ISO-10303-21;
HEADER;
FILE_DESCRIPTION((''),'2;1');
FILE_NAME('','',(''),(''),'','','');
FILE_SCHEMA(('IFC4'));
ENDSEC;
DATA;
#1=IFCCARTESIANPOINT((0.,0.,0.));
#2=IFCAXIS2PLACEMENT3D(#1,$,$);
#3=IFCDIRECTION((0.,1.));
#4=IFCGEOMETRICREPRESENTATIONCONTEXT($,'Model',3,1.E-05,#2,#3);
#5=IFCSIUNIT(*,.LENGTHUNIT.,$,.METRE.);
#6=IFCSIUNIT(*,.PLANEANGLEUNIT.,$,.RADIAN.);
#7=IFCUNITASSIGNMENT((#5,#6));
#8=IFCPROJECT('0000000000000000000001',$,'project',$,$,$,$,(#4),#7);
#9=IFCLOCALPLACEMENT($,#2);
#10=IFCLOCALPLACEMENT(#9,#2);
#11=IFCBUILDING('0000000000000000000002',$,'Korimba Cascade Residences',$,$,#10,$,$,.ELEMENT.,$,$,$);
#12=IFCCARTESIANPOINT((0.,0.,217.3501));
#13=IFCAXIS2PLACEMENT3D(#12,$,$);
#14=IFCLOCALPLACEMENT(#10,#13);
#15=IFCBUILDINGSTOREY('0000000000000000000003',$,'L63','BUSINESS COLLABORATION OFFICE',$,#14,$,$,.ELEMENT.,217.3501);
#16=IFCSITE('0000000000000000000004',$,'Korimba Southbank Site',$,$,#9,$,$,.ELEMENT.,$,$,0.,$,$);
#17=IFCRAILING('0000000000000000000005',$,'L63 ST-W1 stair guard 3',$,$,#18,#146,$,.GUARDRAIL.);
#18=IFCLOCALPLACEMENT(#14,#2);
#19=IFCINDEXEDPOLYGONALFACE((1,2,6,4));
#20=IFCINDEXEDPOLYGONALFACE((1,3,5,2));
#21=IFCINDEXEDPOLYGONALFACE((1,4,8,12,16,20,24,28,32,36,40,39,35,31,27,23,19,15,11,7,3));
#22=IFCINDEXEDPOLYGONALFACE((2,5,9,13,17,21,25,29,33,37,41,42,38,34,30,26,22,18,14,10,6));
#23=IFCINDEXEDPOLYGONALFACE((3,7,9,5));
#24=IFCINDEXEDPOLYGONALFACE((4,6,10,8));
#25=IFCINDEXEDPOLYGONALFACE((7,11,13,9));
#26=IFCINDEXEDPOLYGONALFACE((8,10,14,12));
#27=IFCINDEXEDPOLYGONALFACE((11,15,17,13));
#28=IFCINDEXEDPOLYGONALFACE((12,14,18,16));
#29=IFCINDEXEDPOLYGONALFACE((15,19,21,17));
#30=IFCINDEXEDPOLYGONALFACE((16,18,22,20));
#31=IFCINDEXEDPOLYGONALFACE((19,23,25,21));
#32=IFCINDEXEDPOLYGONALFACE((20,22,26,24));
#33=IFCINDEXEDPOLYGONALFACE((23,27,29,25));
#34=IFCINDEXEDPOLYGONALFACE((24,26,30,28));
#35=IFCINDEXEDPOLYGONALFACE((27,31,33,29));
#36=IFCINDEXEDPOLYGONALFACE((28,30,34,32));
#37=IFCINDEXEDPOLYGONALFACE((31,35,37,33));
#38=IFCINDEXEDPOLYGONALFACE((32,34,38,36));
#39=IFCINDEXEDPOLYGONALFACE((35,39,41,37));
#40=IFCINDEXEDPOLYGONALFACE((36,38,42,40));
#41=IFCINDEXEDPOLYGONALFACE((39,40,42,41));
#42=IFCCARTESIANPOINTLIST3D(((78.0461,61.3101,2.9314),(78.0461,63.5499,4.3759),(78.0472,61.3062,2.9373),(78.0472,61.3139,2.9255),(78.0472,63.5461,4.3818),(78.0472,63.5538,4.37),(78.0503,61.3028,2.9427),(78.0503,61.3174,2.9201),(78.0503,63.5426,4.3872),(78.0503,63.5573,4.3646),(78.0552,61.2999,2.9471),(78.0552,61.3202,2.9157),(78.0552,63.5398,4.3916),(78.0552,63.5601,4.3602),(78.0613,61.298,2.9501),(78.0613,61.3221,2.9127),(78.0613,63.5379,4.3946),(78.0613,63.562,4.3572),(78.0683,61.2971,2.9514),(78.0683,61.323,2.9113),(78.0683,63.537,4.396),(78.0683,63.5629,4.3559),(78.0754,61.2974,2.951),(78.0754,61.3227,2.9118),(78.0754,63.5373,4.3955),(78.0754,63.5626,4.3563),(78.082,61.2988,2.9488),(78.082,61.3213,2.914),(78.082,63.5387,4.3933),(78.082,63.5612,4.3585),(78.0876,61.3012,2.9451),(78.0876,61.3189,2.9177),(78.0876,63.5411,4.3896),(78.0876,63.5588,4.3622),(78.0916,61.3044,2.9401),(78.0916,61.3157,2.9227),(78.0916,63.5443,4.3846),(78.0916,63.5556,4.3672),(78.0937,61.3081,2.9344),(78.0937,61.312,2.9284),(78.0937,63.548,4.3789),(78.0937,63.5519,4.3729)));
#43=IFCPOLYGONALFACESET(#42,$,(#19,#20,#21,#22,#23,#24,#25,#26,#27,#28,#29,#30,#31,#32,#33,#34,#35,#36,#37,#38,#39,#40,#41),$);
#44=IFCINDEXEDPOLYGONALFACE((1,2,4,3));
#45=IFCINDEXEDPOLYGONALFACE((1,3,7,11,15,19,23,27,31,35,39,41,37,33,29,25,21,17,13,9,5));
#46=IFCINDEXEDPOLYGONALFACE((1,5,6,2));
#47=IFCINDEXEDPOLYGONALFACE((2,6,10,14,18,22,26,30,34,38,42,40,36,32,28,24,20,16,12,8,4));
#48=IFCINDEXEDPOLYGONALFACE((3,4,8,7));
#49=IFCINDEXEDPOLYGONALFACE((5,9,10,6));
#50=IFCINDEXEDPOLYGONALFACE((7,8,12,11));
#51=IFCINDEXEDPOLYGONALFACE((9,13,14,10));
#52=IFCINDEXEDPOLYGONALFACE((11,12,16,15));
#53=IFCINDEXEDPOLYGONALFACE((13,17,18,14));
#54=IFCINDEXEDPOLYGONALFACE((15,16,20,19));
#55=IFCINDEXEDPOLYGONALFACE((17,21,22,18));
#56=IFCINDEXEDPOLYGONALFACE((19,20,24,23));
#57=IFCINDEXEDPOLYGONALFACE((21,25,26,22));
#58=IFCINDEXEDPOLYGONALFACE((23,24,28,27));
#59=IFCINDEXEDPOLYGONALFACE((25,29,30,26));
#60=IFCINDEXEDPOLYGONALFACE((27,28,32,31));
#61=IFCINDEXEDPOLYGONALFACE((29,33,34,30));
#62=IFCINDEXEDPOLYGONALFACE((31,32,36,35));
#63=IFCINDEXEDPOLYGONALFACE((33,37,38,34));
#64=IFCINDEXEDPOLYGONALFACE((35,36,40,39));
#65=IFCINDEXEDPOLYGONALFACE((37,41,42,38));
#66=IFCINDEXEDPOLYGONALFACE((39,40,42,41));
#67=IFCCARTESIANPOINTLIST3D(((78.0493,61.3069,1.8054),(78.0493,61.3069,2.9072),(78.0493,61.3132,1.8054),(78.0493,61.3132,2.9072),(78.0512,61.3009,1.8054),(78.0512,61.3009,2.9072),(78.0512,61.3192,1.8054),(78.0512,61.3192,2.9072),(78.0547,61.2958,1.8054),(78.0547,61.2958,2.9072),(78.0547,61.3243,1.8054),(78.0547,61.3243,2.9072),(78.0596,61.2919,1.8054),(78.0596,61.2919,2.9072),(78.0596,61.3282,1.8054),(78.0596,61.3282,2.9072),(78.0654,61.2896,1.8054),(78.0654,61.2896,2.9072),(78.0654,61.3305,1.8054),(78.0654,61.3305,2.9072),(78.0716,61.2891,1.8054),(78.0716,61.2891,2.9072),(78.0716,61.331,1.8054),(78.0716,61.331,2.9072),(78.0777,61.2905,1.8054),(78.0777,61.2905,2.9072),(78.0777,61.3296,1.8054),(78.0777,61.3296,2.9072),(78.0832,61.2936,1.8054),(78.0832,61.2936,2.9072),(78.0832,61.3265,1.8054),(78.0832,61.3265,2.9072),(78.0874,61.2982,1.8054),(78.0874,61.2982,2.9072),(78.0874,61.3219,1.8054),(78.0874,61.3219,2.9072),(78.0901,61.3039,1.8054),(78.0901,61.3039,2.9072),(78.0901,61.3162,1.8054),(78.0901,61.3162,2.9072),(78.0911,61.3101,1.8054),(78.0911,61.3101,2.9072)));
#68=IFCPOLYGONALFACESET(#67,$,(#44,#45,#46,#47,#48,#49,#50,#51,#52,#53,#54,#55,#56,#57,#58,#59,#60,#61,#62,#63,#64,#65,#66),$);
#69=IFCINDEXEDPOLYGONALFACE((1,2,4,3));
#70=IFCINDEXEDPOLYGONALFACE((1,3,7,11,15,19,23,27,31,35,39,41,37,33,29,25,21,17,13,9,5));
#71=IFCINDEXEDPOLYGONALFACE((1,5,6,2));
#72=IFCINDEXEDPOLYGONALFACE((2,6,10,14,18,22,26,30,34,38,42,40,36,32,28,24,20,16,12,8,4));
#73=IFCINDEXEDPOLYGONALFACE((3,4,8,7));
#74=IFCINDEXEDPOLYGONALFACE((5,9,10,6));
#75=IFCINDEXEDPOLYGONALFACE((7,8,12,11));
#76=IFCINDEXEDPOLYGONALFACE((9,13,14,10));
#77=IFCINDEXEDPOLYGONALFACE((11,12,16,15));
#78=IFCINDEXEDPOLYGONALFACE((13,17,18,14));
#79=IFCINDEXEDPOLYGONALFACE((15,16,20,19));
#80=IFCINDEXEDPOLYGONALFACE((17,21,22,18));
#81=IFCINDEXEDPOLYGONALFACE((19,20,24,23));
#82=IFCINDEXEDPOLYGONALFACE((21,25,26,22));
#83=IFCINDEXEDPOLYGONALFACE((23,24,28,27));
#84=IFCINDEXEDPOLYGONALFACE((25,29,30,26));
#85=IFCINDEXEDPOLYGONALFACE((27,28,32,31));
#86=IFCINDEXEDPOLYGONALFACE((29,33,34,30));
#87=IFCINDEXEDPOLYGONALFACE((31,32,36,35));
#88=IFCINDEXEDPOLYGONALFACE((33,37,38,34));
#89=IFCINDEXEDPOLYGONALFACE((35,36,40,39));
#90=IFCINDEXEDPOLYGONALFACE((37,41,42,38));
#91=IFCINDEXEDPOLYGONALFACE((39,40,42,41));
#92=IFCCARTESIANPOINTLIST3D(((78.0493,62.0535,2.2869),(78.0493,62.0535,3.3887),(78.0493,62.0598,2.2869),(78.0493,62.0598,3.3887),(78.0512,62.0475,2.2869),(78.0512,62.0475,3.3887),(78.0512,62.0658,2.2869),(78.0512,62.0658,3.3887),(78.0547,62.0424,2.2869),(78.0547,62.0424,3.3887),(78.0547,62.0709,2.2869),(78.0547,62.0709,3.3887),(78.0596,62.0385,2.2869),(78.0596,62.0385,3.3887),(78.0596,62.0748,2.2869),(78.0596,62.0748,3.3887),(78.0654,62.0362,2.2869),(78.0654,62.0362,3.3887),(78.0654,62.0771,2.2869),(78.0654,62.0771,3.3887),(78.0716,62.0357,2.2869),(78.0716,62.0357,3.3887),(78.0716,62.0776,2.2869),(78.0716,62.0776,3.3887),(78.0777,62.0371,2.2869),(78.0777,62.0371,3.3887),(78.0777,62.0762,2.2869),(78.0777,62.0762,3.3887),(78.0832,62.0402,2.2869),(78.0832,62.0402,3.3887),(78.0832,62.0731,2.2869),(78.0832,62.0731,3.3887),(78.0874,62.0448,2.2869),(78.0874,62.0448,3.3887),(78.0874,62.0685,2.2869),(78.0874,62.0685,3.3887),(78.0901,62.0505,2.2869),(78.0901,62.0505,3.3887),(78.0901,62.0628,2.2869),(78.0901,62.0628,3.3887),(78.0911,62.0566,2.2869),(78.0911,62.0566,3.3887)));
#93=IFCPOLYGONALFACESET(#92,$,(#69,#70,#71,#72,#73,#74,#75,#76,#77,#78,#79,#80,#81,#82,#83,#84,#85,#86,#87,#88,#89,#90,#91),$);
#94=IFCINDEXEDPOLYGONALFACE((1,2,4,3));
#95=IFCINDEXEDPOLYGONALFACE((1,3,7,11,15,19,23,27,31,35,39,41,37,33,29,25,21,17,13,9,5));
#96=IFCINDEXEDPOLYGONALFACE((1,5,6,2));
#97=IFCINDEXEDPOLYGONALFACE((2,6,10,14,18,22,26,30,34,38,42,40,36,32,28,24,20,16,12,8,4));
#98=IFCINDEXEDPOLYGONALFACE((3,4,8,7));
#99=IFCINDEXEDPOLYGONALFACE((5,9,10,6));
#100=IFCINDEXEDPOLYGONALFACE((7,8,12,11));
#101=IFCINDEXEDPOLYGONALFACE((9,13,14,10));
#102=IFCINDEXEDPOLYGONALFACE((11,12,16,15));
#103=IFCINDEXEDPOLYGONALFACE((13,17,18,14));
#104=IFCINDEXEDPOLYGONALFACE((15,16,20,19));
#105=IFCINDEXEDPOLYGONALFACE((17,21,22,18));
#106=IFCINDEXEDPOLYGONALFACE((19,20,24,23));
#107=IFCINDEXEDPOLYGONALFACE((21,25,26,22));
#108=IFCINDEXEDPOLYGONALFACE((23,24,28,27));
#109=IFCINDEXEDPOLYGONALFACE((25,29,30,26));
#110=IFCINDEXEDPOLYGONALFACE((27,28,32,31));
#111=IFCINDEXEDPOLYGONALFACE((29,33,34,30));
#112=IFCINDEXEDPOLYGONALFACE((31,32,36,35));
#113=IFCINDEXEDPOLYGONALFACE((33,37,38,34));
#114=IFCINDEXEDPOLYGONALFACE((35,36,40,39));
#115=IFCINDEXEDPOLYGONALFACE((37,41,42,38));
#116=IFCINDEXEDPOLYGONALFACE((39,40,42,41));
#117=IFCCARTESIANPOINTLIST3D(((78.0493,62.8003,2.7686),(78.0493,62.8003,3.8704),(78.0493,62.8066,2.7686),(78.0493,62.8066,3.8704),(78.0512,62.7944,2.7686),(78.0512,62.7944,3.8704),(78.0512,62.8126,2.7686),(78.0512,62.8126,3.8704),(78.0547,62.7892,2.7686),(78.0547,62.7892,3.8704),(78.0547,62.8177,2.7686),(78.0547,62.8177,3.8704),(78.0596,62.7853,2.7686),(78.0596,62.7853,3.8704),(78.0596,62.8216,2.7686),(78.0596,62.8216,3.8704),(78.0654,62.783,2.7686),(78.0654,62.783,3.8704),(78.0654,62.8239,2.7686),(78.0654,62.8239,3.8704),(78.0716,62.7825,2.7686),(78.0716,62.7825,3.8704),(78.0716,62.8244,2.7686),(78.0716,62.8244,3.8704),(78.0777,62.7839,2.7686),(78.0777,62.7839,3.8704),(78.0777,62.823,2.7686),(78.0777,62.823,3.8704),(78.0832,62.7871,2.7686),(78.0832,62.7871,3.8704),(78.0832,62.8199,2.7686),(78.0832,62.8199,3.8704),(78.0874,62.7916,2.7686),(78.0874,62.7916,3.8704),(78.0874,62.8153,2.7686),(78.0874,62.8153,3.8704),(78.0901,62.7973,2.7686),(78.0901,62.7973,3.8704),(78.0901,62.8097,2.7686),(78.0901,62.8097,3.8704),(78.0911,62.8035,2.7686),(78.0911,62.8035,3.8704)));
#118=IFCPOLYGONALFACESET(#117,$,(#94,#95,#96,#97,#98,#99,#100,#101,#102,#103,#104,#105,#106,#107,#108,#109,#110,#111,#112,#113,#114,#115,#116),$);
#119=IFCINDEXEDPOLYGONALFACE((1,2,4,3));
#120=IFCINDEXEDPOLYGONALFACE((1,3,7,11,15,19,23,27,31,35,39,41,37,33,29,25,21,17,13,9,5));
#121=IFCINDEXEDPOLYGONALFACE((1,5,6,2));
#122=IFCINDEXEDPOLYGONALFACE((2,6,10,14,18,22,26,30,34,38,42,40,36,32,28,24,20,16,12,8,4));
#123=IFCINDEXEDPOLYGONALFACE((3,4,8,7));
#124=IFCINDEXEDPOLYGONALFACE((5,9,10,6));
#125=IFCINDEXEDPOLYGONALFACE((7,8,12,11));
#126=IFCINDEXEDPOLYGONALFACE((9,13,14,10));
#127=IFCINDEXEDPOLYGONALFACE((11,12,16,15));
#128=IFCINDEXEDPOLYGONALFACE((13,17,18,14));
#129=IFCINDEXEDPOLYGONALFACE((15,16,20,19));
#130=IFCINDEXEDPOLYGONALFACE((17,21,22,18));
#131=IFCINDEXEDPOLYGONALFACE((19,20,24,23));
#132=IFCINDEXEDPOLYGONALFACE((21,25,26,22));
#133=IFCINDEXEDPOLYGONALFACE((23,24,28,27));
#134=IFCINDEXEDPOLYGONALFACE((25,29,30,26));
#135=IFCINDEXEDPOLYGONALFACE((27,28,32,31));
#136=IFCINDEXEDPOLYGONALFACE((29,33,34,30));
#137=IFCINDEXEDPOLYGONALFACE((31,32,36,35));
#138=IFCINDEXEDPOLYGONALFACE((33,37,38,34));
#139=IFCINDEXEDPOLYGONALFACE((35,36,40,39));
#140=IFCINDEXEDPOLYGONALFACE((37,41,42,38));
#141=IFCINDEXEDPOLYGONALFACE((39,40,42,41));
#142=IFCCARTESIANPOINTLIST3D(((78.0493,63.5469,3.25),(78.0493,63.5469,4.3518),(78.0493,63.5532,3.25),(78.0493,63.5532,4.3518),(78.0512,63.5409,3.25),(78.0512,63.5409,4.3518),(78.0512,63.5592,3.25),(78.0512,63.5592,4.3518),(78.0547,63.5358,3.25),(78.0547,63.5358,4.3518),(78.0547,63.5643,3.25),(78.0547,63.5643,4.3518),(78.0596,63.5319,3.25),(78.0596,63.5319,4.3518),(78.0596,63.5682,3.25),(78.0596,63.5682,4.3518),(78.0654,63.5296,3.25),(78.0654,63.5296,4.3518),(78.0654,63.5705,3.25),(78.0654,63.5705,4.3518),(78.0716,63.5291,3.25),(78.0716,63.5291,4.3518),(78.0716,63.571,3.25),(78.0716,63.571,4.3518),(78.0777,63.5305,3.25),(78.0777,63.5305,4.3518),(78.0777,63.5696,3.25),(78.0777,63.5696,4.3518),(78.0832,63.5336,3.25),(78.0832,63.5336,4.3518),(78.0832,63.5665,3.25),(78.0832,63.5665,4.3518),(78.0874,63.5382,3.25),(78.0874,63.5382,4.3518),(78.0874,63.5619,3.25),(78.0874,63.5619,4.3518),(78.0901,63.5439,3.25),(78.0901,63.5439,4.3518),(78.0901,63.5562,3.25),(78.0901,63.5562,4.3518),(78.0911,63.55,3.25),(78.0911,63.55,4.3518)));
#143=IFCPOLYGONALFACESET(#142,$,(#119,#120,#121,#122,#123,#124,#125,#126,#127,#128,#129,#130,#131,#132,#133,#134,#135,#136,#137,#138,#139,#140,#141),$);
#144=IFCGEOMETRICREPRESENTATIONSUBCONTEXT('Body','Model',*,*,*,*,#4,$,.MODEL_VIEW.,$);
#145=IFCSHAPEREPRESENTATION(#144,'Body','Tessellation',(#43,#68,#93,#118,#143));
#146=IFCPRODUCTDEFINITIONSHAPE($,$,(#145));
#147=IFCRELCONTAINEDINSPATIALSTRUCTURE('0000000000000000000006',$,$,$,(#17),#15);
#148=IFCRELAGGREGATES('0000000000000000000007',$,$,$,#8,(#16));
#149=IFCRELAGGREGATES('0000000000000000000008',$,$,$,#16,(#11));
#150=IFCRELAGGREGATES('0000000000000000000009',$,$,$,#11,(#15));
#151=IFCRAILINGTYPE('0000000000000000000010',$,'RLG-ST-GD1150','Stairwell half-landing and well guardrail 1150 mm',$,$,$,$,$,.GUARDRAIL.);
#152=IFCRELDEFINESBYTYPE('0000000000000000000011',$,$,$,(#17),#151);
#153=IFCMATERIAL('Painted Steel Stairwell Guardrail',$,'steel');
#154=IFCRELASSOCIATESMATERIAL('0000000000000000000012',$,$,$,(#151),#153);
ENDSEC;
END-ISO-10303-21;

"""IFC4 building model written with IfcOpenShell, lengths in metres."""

from ifc_helpers import new_model, si_unit, direction, frame, origin, origin_2d, place, context, subcontext, project, spatial, circle, extrude, material, type_object, element, save


model = new_model("IFC4")

# Units and contexts
model_context = context("Model", 3, precision=1e-05, world=origin(), true_north=direction((0.0, 1.0)))
body_context = subcontext(model_context, "Body", "Model", "MODEL_VIEW")
ifc_project = project(units=[si_unit("LENGTHUNIT", "METRE"), si_unit("PLANEANGLEUNIT", "RADIAN")], contexts=[model_context])

# Site, building, storey
site_placement = place(None, origin())
site = spatial("IfcSite", under=ifc_project, at=site_placement, Name="Korimba Southbank Site", CompositionType="ELEMENT", RefElevation=0.0)
building_placement = place(site_placement, origin())
building = spatial("IfcBuilding", under=site, at=building_placement, Name="Korimba Cascade Residences", CompositionType="ELEMENT")
storey_placement = place(building_placement, frame((0.0, 0.0, 217.3501)))
storey = spatial("IfcBuildingStorey", under=building, at=storey_placement, Name="L63", Description="BUSINESS COLLABORATION OFFICE", CompositionType="ELEMENT", Elevation=217.3501)

# Railing
ifc_material_1 = material(Name="Painted Steel Stairwell Guardrail", Category="steel")
railing_type_1 = type_object("IfcRailingType", Name="RLG-ST-GD1150", Description="Stairwell half-landing and well guardrail 1150 mm", PredefinedType="GUARDRAIL", material=ifc_material_1)
railing_1_placement = place(storey_placement, frame((78.0701, 61.3101, 1.8054)))
element("IfcRailing", 1, at=railing_1_placement, inside=storey, type_object=railing_type_1, Name="L63 ST-W1 stair guard 3", PredefinedType="GUARDRAIL", context=body_context, shape_type="SweptSolid", body=[
    extrude(circle(Radius=0.0239, at=origin_2d()), frame((0.0, 0.0, 1.126), z_axis=(0.0, 0.840395, 0.541975), x_axis=(-1.0, 0.0, 0.0)), (0.0, 0.0, 1.0), 2.6653),
    extrude(circle(Radius=0.021, at=origin_2d()), origin(), (0.0, 0.0, 1.0), 1.1018),
    extrude(circle(Radius=0.021, at=origin_2d()), frame((0.0, 0.7466, 0.4814)), (0.0, 0.0, 1.0), 1.1018),
    extrude(circle(Radius=0.021, at=origin_2d()), frame((0.0, 1.4934, 0.9631)), (0.0, 0.0, 1.0), 1.1018),
    extrude(circle(Radius=0.021, at=origin_2d()), frame((0.0, 2.24, 1.4446)), (0.0, 0.0, 1.0), 1.1018),
])

save(model, "model.ifc")
